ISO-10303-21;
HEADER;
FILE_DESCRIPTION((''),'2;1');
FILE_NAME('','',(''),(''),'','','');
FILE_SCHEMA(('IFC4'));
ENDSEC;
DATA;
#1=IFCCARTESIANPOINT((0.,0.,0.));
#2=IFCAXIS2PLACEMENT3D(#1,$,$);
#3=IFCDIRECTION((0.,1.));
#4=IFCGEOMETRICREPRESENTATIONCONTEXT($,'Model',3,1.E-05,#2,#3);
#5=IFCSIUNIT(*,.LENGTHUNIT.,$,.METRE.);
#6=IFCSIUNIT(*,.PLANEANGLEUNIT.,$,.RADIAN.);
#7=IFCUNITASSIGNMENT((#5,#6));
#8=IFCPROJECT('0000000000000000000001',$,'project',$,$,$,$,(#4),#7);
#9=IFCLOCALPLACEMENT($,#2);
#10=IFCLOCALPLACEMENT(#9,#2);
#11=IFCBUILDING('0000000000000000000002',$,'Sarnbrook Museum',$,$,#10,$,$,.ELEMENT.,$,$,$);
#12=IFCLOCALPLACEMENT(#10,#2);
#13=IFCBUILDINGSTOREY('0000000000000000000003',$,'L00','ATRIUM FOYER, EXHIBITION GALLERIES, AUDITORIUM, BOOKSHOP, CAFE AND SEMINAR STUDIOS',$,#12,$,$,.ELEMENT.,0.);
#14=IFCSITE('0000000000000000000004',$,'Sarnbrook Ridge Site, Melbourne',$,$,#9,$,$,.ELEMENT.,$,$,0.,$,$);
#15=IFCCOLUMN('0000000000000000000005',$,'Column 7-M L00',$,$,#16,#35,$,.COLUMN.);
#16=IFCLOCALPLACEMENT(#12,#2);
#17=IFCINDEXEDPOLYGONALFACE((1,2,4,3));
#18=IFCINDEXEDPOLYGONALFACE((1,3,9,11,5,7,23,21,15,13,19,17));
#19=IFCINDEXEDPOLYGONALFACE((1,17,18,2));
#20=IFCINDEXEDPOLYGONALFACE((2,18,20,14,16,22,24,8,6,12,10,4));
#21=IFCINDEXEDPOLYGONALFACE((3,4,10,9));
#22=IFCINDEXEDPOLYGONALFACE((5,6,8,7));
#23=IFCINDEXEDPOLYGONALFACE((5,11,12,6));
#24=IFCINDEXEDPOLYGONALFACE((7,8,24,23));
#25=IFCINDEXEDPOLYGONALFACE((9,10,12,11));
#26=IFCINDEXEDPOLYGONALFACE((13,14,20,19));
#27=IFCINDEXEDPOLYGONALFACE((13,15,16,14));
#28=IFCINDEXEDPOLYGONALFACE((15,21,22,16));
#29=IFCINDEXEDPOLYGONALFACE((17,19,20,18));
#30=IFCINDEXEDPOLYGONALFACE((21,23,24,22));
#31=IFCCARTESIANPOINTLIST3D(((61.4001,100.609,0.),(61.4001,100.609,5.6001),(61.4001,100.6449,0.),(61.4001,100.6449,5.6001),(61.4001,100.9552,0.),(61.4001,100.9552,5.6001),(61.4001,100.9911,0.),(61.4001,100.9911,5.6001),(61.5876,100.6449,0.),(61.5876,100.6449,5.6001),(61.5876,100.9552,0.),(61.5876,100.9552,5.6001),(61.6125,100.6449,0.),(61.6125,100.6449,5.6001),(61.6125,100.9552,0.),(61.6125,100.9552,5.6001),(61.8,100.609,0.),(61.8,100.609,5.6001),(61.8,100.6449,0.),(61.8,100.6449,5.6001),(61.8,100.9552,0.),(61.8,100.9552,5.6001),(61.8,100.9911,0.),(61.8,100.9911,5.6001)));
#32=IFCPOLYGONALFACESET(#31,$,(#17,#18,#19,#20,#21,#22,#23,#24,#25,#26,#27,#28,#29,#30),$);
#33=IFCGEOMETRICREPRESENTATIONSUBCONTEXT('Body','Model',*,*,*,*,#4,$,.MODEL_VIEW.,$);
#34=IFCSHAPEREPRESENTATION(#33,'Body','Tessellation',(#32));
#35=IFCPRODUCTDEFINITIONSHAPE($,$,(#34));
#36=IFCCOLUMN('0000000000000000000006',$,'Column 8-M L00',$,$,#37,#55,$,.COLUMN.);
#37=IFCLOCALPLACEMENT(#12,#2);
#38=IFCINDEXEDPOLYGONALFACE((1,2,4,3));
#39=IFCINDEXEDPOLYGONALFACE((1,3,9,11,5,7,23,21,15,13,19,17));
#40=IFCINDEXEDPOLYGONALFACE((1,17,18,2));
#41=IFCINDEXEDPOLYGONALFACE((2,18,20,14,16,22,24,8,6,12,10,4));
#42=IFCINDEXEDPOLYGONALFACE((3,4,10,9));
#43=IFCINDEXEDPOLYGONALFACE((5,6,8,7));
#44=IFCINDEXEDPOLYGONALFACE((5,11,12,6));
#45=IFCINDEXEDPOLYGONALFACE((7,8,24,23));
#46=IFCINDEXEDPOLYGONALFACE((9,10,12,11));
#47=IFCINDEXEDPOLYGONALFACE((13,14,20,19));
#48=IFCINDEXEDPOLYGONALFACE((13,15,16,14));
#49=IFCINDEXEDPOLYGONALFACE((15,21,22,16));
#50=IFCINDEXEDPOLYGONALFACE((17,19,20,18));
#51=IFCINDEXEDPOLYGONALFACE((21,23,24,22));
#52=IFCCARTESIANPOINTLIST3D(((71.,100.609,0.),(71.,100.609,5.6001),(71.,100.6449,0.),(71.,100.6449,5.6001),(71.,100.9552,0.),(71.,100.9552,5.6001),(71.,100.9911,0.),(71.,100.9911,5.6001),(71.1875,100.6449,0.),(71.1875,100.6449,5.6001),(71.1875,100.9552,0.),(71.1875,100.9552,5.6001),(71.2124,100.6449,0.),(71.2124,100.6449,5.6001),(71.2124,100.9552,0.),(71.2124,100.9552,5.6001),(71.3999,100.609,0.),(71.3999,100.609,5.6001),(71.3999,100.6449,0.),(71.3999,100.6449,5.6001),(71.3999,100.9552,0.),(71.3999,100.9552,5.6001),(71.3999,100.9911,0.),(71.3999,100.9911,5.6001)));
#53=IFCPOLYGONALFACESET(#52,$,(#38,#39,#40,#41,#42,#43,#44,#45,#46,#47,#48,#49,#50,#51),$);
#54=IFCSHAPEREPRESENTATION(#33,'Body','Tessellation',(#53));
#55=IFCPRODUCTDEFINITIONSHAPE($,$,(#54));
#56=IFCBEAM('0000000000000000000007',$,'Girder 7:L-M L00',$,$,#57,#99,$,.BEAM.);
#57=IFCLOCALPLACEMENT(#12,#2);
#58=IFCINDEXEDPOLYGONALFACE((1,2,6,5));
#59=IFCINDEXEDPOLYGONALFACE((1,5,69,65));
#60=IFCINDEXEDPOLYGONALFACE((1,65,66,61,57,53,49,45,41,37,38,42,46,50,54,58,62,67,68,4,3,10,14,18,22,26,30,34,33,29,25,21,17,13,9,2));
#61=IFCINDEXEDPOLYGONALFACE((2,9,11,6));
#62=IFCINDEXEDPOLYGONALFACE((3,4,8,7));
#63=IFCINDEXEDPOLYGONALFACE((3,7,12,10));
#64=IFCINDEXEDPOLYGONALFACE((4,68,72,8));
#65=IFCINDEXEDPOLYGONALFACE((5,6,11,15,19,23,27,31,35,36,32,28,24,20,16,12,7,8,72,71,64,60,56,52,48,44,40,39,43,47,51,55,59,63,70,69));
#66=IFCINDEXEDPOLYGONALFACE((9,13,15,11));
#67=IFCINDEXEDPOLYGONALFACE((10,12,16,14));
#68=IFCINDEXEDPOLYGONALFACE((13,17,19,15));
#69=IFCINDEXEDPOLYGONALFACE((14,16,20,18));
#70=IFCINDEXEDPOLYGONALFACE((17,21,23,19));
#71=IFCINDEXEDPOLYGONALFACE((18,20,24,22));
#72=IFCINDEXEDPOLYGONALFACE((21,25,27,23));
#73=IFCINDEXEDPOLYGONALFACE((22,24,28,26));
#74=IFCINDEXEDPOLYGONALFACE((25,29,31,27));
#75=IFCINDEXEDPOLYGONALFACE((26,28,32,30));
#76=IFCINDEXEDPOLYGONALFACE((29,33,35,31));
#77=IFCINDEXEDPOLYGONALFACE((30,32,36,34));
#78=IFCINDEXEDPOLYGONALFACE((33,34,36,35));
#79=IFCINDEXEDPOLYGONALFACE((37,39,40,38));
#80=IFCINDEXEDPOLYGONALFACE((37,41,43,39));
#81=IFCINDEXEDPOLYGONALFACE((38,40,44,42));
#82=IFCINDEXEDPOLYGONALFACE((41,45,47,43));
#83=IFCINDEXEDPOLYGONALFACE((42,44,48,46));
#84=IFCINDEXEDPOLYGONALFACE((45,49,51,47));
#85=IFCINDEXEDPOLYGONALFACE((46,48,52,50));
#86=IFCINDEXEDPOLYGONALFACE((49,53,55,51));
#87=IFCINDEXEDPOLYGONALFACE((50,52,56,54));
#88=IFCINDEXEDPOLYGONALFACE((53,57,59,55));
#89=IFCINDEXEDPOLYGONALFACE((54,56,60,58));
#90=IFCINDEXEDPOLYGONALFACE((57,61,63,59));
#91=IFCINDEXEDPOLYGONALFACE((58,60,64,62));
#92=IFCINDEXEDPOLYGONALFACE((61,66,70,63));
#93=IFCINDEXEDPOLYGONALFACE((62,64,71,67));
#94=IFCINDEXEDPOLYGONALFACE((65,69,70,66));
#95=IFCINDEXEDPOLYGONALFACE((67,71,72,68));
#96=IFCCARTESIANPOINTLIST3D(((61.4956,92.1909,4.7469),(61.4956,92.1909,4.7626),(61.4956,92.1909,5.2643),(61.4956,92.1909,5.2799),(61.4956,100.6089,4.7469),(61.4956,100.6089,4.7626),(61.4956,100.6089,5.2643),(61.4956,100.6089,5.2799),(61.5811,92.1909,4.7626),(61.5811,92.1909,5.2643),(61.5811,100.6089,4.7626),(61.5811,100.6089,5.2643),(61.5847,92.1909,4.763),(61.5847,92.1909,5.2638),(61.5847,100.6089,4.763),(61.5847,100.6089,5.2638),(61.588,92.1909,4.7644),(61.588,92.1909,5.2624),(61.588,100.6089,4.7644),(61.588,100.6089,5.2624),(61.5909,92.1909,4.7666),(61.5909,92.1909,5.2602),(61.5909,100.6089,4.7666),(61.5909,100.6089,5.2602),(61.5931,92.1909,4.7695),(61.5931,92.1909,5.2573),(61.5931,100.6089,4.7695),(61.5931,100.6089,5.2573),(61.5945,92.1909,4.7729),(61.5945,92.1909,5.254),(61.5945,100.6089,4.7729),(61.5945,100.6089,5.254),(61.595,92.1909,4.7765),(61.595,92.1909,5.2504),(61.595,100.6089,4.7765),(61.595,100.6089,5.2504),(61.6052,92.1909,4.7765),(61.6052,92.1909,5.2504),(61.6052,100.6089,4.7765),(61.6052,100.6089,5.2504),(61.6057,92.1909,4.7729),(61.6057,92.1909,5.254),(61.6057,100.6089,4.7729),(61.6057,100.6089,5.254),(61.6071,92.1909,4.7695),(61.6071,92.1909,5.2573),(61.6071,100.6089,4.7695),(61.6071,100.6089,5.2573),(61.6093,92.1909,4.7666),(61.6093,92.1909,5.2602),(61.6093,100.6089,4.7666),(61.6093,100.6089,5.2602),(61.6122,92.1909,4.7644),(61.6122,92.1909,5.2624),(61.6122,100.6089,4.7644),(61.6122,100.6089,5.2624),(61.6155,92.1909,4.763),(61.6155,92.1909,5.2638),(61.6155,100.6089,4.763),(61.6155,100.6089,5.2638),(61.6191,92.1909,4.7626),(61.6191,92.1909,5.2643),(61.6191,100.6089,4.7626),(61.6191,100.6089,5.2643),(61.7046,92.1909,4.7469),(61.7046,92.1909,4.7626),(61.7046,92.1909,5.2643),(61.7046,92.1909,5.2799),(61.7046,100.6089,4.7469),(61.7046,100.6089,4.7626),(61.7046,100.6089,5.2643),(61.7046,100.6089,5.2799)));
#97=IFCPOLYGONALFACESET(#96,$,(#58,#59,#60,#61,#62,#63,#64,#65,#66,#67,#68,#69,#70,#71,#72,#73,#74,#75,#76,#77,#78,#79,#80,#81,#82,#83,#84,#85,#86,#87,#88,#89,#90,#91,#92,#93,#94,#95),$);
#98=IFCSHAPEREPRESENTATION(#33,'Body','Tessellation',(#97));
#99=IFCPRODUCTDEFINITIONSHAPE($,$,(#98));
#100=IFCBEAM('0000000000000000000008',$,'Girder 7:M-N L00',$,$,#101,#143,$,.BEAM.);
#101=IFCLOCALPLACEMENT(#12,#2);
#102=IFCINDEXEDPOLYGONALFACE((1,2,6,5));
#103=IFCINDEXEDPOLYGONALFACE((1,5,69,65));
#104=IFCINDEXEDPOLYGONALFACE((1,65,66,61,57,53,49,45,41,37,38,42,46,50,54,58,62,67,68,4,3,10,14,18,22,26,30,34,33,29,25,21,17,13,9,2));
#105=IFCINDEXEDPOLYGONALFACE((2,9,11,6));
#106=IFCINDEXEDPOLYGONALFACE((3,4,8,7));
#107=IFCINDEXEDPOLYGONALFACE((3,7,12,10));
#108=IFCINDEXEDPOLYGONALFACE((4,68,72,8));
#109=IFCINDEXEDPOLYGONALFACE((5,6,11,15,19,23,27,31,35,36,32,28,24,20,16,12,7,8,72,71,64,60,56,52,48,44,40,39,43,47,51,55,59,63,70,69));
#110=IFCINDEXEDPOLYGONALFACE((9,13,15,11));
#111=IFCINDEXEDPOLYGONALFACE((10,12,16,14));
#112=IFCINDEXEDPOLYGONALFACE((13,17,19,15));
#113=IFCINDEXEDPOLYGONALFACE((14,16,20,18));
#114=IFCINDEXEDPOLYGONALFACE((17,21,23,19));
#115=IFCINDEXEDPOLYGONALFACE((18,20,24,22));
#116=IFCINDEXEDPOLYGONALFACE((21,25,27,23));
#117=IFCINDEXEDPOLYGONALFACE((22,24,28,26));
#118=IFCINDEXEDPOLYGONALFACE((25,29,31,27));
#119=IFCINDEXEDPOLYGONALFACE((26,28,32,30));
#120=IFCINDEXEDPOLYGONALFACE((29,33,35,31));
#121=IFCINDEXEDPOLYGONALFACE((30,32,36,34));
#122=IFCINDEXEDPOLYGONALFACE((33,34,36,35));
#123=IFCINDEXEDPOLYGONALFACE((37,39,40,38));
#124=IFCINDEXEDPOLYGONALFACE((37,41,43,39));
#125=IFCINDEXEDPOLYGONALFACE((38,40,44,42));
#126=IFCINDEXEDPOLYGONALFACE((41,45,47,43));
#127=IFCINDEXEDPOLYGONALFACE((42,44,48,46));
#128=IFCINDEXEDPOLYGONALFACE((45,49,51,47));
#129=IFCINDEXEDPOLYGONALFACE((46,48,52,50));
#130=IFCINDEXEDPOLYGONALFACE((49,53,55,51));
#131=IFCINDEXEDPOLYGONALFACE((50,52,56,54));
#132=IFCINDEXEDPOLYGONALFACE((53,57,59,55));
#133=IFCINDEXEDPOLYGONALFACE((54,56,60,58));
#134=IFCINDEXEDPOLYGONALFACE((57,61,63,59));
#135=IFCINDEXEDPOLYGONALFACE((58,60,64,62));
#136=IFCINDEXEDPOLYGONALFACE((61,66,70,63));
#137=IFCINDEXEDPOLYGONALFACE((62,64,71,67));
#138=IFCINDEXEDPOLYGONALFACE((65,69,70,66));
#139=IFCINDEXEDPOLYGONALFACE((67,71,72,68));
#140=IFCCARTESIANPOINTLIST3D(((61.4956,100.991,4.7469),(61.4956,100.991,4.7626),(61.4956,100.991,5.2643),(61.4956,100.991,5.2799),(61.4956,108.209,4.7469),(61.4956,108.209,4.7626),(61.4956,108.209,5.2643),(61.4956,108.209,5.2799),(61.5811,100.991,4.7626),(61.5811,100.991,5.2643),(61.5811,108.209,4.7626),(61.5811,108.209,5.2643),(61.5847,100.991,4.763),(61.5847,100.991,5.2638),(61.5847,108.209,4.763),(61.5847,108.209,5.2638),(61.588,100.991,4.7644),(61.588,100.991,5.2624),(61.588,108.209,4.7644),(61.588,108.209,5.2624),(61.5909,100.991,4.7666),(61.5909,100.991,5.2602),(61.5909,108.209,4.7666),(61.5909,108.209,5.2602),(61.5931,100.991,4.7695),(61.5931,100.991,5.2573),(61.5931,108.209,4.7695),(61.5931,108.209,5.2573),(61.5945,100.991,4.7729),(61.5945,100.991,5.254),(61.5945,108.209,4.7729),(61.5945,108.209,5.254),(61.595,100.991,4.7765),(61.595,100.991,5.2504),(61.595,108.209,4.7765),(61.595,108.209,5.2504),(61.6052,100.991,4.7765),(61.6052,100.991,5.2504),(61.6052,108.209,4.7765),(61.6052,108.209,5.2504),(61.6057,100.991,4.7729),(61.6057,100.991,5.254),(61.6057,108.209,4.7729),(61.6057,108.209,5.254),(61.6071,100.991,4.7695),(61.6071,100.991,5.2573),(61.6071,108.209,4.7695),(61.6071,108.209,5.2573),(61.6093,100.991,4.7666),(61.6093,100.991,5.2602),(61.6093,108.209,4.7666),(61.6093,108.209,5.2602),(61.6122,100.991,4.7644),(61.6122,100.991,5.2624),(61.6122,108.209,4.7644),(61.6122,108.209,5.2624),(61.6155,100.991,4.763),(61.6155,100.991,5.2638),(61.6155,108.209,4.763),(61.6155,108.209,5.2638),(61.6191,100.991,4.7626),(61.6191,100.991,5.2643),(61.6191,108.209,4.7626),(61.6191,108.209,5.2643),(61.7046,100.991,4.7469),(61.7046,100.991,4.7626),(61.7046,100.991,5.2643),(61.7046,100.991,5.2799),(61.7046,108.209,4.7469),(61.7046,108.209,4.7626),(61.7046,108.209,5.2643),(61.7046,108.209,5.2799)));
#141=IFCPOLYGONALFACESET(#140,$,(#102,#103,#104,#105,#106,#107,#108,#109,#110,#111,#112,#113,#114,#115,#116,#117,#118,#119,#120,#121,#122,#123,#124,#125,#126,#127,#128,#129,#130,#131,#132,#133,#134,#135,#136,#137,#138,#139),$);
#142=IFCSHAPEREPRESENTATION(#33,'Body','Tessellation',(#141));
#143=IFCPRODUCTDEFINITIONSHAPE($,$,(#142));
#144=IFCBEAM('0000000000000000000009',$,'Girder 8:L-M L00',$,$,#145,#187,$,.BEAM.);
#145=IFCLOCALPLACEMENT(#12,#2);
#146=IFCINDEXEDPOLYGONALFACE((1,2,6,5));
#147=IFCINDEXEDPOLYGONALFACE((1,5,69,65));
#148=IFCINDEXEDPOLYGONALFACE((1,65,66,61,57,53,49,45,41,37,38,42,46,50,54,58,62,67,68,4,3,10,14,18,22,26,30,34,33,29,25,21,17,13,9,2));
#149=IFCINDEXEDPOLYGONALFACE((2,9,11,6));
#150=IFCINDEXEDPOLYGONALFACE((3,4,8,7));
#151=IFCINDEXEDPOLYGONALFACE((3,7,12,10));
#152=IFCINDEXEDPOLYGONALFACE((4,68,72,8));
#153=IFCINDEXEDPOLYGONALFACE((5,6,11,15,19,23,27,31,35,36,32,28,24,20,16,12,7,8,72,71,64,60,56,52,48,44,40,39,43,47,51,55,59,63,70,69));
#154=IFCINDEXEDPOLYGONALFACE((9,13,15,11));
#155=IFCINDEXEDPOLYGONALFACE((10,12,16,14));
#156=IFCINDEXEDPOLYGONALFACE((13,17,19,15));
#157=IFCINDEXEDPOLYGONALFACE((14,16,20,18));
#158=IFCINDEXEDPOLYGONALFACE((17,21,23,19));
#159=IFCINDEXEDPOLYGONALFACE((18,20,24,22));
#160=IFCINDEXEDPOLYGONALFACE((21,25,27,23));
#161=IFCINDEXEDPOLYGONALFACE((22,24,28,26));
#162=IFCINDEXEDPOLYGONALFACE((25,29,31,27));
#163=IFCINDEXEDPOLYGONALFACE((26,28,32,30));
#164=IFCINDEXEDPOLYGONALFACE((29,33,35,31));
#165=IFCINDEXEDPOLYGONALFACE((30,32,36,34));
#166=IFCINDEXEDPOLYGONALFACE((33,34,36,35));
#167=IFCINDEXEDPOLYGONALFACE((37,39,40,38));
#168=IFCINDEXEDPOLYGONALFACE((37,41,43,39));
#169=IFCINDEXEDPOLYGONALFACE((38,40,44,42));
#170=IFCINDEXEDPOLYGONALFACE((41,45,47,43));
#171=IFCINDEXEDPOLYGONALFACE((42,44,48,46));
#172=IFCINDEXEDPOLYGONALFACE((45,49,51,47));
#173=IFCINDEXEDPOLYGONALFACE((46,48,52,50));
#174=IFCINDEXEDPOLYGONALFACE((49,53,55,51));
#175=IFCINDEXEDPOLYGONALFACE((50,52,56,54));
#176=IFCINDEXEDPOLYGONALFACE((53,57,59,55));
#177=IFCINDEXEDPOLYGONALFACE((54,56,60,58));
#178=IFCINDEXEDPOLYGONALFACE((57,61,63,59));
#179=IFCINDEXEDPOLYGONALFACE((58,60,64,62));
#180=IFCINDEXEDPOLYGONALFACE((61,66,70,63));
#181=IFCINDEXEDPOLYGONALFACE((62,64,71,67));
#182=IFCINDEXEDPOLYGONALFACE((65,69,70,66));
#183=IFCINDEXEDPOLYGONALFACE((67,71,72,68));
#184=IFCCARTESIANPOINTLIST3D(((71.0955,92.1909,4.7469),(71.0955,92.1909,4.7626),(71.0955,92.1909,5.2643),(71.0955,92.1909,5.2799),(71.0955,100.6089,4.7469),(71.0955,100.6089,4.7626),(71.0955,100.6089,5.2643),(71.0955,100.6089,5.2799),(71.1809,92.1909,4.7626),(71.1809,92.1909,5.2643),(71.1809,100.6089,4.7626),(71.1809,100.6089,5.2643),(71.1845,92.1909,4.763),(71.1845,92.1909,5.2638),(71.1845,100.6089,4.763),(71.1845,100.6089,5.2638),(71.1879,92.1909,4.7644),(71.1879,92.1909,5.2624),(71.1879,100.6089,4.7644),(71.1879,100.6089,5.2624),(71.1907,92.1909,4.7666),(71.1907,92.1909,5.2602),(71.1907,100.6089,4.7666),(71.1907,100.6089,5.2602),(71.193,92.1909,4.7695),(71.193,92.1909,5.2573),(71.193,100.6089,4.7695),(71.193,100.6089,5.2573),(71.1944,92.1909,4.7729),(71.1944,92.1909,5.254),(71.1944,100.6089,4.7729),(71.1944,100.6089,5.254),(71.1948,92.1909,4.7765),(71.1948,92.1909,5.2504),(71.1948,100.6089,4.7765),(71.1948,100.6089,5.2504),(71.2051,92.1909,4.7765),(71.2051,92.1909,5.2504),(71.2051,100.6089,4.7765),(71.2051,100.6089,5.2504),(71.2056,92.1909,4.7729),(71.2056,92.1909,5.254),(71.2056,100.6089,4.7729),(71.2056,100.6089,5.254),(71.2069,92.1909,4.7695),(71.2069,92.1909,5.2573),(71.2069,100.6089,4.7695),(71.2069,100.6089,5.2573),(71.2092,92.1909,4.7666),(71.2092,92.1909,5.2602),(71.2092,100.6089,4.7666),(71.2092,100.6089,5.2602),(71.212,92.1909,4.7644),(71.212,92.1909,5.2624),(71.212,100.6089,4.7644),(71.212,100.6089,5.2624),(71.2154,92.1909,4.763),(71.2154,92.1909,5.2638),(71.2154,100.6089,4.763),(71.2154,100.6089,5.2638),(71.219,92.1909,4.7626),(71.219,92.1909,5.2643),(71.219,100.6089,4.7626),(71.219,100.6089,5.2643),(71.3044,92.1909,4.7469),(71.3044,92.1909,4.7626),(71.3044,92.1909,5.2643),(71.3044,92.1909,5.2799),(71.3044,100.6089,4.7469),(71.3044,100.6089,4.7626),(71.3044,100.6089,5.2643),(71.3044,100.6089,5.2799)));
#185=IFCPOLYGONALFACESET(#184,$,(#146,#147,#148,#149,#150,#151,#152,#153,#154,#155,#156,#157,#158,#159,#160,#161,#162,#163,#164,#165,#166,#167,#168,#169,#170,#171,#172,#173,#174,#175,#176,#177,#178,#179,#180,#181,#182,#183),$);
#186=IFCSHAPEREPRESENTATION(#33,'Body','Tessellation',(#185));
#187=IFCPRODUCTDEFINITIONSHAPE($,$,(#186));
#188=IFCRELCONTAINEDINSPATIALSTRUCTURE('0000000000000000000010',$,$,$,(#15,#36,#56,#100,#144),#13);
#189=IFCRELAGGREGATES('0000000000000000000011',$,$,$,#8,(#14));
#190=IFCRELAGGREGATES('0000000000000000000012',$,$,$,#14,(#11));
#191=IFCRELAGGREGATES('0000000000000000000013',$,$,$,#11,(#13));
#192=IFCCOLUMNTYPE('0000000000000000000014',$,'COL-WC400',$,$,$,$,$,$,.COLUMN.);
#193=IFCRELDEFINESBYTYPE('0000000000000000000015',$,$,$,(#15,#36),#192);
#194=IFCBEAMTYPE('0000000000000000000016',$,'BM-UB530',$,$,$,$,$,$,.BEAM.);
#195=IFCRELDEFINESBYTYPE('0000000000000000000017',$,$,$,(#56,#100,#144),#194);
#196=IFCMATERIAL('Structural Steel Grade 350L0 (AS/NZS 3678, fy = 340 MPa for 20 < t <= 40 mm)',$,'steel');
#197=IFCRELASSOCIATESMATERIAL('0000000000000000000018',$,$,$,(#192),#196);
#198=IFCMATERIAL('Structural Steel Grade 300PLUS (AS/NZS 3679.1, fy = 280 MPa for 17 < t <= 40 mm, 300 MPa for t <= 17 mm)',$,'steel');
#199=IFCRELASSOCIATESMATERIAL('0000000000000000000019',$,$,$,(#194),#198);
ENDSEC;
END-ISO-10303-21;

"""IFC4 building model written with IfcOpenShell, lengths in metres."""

from ifc_helpers import new_model, si_unit, direction, frame, origin, origin_2d, place, context, subcontext, project, spatial, i_section, extrude, material, material_profile, profile_set, type_object, element, save


model = new_model("IFC4")

# Units and contexts
model_context = context("Model", 3, precision=1e-05, world=origin(), true_north=direction((0.0, 1.0)))
body_context = subcontext(model_context, "Body", "Model", "MODEL_VIEW")
ifc_project = project(units=[si_unit("LENGTHUNIT", "METRE"), si_unit("PLANEANGLEUNIT", "RADIAN")], contexts=[model_context])

# Site, building, storey
site_placement = place(None, origin())
site = spatial("IfcSite", under=ifc_project, at=site_placement, Name="Sarnbrook Ridge Site, Melbourne", CompositionType="ELEMENT", RefElevation=0.0)
building_placement = place(site_placement, origin())
building = spatial("IfcBuilding", under=site, at=building_placement, Name="Sarnbrook Museum", CompositionType="ELEMENT")
storey_placement = place(building_placement, origin())
storey = spatial("IfcBuildingStorey", under=building, at=storey_placement, Name="L00", Description="ATRIUM FOYER, EXHIBITION GALLERIES, AUDITORIUM, BOOKSHOP, CAFE AND SEMINAR STUDIOS", CompositionType="ELEMENT", Elevation=0.0)

# Columns
ifc_material_1 = material(Name="Structural Steel Grade 350L0 (AS/NZS 3678, fy = 340 MPa for 20 < t <= 40 mm)", Category="steel")
ifc_material_profile_1 = material_profile(ifc_material_1, i_section(OverallWidth=0.3999, OverallDepth=0.3821, WebThickness=0.0249, FlangeThickness=0.0359, at=origin_2d()), Name="400WC270")
ifc_profile_set_1 = profile_set([ifc_material_profile_1], Name="Structural Steel Grade 350L0 (AS/NZS 3678, fy = 340 MPa for 20 < t <= 40 mm)")
column_type = type_object("IfcColumnType", Name="COL-WC400", PredefinedType="COLUMN", material=ifc_profile_set_1)
for number, where, z_axis, x_axis, name in (
    (1, (61.6001, 100.8, 0.0), (0.0, 0.0, 1.0), (1.0, 0.0, 0.0), "Column 7-M L00"),
    (2, (71.2, 100.8, 0.0), (0.0, 0.0, 1.0), (1.0, 0.0, 0.0), "Column 8-M L00"),
):
    element("IfcColumn", number, at=place(storey_placement, frame(where, z_axis=z_axis, x_axis=x_axis)), inside=storey, type_object=column_type, Name=name, PredefinedType="COLUMN", context=body_context, shape_type="SweptSolid", body=[
        extrude(i_section(OverallWidth=0.3999, OverallDepth=0.3821, WebThickness=0.0249, FlangeThickness=0.0359, at=origin_2d()), origin(), (0.0, 0.0, 1.0), 5.6001),
    ])

# Beams
ifc_material_2 = material(Name="Structural Steel Grade 300PLUS (AS/NZS 3679.1, fy = 280 MPa for 17 < t <= 40 mm, 300 MPa for t <= 17 mm)", Category="steel")
ifc_material_profile_2 = material_profile(ifc_material_2, i_section(OverallWidth=0.209, OverallDepth=0.533, WebThickness=0.0103, FlangeThickness=0.0156, FilletRadius=0.0139, at=origin_2d()), Name="530UB92.4")
ifc_profile_set_2 = profile_set([ifc_material_profile_2], Name="Structural Steel Grade 300PLUS (AS/NZS 3679.1, fy = 280 MPa for 17 < t <= 40 mm, 300 MPa for t <= 17 mm)")
beam_type_1 = type_object("IfcBeamType", Name="BM-UB530", PredefinedType="BEAM", material=ifc_profile_set_2)
beam_1_placement = place(storey_placement, frame((61.6001, 92.1909, 5.0134), z_axis=(0.0, 1.0, 0.0), x_axis=(-1.0, 0.0, 0.0)))
element("IfcBeam", 3, at=beam_1_placement, inside=storey, type_object=beam_type_1, Name="Girder 7:L-M L00", PredefinedType="BEAM", context=body_context, shape_type="SweptSolid", body=[
    extrude(i_section(OverallWidth=0.209, OverallDepth=0.533, WebThickness=0.0103, FlangeThickness=0.0156, FilletRadius=0.0139, at=origin_2d()), origin(), (0.0, 0.0, 1.0), 8.418),
])
beam_2_placement = place(storey_placement, frame((61.6001, 100.991, 5.0134), z_axis=(0.0, 1.0, 0.0), x_axis=(-1.0, 0.0, 0.0)))
element("IfcBeam", 4, at=beam_2_placement, inside=storey, type_object=beam_type_1, Name="Girder 7:M-N L00", PredefinedType="BEAM", context=body_context, shape_type="SweptSolid", body=[
    extrude(i_section(OverallWidth=0.209, OverallDepth=0.533, WebThickness=0.0103, FlangeThickness=0.0156, FilletRadius=0.0139, at=origin_2d()), origin(), (0.0, 0.0, 1.0), 7.218),
])
beam_3_placement = place(storey_placement, frame((71.2, 92.1909, 5.0134), z_axis=(0.0, 1.0, 0.0), x_axis=(-1.0, 0.0, 0.0)))
element("IfcBeam", 5, at=beam_3_placement, inside=storey, type_object=beam_type_1, Name="Girder 8:L-M L00", PredefinedType="BEAM", context=body_context, shape_type="SweptSolid", body=[
    extrude(i_section(OverallWidth=0.209, OverallDepth=0.533, WebThickness=0.0103, FlangeThickness=0.0156, FilletRadius=0.0139, at=origin_2d()), origin(), (0.0, 0.0, 1.0), 8.418),
])

save(model, "model.ifc")
